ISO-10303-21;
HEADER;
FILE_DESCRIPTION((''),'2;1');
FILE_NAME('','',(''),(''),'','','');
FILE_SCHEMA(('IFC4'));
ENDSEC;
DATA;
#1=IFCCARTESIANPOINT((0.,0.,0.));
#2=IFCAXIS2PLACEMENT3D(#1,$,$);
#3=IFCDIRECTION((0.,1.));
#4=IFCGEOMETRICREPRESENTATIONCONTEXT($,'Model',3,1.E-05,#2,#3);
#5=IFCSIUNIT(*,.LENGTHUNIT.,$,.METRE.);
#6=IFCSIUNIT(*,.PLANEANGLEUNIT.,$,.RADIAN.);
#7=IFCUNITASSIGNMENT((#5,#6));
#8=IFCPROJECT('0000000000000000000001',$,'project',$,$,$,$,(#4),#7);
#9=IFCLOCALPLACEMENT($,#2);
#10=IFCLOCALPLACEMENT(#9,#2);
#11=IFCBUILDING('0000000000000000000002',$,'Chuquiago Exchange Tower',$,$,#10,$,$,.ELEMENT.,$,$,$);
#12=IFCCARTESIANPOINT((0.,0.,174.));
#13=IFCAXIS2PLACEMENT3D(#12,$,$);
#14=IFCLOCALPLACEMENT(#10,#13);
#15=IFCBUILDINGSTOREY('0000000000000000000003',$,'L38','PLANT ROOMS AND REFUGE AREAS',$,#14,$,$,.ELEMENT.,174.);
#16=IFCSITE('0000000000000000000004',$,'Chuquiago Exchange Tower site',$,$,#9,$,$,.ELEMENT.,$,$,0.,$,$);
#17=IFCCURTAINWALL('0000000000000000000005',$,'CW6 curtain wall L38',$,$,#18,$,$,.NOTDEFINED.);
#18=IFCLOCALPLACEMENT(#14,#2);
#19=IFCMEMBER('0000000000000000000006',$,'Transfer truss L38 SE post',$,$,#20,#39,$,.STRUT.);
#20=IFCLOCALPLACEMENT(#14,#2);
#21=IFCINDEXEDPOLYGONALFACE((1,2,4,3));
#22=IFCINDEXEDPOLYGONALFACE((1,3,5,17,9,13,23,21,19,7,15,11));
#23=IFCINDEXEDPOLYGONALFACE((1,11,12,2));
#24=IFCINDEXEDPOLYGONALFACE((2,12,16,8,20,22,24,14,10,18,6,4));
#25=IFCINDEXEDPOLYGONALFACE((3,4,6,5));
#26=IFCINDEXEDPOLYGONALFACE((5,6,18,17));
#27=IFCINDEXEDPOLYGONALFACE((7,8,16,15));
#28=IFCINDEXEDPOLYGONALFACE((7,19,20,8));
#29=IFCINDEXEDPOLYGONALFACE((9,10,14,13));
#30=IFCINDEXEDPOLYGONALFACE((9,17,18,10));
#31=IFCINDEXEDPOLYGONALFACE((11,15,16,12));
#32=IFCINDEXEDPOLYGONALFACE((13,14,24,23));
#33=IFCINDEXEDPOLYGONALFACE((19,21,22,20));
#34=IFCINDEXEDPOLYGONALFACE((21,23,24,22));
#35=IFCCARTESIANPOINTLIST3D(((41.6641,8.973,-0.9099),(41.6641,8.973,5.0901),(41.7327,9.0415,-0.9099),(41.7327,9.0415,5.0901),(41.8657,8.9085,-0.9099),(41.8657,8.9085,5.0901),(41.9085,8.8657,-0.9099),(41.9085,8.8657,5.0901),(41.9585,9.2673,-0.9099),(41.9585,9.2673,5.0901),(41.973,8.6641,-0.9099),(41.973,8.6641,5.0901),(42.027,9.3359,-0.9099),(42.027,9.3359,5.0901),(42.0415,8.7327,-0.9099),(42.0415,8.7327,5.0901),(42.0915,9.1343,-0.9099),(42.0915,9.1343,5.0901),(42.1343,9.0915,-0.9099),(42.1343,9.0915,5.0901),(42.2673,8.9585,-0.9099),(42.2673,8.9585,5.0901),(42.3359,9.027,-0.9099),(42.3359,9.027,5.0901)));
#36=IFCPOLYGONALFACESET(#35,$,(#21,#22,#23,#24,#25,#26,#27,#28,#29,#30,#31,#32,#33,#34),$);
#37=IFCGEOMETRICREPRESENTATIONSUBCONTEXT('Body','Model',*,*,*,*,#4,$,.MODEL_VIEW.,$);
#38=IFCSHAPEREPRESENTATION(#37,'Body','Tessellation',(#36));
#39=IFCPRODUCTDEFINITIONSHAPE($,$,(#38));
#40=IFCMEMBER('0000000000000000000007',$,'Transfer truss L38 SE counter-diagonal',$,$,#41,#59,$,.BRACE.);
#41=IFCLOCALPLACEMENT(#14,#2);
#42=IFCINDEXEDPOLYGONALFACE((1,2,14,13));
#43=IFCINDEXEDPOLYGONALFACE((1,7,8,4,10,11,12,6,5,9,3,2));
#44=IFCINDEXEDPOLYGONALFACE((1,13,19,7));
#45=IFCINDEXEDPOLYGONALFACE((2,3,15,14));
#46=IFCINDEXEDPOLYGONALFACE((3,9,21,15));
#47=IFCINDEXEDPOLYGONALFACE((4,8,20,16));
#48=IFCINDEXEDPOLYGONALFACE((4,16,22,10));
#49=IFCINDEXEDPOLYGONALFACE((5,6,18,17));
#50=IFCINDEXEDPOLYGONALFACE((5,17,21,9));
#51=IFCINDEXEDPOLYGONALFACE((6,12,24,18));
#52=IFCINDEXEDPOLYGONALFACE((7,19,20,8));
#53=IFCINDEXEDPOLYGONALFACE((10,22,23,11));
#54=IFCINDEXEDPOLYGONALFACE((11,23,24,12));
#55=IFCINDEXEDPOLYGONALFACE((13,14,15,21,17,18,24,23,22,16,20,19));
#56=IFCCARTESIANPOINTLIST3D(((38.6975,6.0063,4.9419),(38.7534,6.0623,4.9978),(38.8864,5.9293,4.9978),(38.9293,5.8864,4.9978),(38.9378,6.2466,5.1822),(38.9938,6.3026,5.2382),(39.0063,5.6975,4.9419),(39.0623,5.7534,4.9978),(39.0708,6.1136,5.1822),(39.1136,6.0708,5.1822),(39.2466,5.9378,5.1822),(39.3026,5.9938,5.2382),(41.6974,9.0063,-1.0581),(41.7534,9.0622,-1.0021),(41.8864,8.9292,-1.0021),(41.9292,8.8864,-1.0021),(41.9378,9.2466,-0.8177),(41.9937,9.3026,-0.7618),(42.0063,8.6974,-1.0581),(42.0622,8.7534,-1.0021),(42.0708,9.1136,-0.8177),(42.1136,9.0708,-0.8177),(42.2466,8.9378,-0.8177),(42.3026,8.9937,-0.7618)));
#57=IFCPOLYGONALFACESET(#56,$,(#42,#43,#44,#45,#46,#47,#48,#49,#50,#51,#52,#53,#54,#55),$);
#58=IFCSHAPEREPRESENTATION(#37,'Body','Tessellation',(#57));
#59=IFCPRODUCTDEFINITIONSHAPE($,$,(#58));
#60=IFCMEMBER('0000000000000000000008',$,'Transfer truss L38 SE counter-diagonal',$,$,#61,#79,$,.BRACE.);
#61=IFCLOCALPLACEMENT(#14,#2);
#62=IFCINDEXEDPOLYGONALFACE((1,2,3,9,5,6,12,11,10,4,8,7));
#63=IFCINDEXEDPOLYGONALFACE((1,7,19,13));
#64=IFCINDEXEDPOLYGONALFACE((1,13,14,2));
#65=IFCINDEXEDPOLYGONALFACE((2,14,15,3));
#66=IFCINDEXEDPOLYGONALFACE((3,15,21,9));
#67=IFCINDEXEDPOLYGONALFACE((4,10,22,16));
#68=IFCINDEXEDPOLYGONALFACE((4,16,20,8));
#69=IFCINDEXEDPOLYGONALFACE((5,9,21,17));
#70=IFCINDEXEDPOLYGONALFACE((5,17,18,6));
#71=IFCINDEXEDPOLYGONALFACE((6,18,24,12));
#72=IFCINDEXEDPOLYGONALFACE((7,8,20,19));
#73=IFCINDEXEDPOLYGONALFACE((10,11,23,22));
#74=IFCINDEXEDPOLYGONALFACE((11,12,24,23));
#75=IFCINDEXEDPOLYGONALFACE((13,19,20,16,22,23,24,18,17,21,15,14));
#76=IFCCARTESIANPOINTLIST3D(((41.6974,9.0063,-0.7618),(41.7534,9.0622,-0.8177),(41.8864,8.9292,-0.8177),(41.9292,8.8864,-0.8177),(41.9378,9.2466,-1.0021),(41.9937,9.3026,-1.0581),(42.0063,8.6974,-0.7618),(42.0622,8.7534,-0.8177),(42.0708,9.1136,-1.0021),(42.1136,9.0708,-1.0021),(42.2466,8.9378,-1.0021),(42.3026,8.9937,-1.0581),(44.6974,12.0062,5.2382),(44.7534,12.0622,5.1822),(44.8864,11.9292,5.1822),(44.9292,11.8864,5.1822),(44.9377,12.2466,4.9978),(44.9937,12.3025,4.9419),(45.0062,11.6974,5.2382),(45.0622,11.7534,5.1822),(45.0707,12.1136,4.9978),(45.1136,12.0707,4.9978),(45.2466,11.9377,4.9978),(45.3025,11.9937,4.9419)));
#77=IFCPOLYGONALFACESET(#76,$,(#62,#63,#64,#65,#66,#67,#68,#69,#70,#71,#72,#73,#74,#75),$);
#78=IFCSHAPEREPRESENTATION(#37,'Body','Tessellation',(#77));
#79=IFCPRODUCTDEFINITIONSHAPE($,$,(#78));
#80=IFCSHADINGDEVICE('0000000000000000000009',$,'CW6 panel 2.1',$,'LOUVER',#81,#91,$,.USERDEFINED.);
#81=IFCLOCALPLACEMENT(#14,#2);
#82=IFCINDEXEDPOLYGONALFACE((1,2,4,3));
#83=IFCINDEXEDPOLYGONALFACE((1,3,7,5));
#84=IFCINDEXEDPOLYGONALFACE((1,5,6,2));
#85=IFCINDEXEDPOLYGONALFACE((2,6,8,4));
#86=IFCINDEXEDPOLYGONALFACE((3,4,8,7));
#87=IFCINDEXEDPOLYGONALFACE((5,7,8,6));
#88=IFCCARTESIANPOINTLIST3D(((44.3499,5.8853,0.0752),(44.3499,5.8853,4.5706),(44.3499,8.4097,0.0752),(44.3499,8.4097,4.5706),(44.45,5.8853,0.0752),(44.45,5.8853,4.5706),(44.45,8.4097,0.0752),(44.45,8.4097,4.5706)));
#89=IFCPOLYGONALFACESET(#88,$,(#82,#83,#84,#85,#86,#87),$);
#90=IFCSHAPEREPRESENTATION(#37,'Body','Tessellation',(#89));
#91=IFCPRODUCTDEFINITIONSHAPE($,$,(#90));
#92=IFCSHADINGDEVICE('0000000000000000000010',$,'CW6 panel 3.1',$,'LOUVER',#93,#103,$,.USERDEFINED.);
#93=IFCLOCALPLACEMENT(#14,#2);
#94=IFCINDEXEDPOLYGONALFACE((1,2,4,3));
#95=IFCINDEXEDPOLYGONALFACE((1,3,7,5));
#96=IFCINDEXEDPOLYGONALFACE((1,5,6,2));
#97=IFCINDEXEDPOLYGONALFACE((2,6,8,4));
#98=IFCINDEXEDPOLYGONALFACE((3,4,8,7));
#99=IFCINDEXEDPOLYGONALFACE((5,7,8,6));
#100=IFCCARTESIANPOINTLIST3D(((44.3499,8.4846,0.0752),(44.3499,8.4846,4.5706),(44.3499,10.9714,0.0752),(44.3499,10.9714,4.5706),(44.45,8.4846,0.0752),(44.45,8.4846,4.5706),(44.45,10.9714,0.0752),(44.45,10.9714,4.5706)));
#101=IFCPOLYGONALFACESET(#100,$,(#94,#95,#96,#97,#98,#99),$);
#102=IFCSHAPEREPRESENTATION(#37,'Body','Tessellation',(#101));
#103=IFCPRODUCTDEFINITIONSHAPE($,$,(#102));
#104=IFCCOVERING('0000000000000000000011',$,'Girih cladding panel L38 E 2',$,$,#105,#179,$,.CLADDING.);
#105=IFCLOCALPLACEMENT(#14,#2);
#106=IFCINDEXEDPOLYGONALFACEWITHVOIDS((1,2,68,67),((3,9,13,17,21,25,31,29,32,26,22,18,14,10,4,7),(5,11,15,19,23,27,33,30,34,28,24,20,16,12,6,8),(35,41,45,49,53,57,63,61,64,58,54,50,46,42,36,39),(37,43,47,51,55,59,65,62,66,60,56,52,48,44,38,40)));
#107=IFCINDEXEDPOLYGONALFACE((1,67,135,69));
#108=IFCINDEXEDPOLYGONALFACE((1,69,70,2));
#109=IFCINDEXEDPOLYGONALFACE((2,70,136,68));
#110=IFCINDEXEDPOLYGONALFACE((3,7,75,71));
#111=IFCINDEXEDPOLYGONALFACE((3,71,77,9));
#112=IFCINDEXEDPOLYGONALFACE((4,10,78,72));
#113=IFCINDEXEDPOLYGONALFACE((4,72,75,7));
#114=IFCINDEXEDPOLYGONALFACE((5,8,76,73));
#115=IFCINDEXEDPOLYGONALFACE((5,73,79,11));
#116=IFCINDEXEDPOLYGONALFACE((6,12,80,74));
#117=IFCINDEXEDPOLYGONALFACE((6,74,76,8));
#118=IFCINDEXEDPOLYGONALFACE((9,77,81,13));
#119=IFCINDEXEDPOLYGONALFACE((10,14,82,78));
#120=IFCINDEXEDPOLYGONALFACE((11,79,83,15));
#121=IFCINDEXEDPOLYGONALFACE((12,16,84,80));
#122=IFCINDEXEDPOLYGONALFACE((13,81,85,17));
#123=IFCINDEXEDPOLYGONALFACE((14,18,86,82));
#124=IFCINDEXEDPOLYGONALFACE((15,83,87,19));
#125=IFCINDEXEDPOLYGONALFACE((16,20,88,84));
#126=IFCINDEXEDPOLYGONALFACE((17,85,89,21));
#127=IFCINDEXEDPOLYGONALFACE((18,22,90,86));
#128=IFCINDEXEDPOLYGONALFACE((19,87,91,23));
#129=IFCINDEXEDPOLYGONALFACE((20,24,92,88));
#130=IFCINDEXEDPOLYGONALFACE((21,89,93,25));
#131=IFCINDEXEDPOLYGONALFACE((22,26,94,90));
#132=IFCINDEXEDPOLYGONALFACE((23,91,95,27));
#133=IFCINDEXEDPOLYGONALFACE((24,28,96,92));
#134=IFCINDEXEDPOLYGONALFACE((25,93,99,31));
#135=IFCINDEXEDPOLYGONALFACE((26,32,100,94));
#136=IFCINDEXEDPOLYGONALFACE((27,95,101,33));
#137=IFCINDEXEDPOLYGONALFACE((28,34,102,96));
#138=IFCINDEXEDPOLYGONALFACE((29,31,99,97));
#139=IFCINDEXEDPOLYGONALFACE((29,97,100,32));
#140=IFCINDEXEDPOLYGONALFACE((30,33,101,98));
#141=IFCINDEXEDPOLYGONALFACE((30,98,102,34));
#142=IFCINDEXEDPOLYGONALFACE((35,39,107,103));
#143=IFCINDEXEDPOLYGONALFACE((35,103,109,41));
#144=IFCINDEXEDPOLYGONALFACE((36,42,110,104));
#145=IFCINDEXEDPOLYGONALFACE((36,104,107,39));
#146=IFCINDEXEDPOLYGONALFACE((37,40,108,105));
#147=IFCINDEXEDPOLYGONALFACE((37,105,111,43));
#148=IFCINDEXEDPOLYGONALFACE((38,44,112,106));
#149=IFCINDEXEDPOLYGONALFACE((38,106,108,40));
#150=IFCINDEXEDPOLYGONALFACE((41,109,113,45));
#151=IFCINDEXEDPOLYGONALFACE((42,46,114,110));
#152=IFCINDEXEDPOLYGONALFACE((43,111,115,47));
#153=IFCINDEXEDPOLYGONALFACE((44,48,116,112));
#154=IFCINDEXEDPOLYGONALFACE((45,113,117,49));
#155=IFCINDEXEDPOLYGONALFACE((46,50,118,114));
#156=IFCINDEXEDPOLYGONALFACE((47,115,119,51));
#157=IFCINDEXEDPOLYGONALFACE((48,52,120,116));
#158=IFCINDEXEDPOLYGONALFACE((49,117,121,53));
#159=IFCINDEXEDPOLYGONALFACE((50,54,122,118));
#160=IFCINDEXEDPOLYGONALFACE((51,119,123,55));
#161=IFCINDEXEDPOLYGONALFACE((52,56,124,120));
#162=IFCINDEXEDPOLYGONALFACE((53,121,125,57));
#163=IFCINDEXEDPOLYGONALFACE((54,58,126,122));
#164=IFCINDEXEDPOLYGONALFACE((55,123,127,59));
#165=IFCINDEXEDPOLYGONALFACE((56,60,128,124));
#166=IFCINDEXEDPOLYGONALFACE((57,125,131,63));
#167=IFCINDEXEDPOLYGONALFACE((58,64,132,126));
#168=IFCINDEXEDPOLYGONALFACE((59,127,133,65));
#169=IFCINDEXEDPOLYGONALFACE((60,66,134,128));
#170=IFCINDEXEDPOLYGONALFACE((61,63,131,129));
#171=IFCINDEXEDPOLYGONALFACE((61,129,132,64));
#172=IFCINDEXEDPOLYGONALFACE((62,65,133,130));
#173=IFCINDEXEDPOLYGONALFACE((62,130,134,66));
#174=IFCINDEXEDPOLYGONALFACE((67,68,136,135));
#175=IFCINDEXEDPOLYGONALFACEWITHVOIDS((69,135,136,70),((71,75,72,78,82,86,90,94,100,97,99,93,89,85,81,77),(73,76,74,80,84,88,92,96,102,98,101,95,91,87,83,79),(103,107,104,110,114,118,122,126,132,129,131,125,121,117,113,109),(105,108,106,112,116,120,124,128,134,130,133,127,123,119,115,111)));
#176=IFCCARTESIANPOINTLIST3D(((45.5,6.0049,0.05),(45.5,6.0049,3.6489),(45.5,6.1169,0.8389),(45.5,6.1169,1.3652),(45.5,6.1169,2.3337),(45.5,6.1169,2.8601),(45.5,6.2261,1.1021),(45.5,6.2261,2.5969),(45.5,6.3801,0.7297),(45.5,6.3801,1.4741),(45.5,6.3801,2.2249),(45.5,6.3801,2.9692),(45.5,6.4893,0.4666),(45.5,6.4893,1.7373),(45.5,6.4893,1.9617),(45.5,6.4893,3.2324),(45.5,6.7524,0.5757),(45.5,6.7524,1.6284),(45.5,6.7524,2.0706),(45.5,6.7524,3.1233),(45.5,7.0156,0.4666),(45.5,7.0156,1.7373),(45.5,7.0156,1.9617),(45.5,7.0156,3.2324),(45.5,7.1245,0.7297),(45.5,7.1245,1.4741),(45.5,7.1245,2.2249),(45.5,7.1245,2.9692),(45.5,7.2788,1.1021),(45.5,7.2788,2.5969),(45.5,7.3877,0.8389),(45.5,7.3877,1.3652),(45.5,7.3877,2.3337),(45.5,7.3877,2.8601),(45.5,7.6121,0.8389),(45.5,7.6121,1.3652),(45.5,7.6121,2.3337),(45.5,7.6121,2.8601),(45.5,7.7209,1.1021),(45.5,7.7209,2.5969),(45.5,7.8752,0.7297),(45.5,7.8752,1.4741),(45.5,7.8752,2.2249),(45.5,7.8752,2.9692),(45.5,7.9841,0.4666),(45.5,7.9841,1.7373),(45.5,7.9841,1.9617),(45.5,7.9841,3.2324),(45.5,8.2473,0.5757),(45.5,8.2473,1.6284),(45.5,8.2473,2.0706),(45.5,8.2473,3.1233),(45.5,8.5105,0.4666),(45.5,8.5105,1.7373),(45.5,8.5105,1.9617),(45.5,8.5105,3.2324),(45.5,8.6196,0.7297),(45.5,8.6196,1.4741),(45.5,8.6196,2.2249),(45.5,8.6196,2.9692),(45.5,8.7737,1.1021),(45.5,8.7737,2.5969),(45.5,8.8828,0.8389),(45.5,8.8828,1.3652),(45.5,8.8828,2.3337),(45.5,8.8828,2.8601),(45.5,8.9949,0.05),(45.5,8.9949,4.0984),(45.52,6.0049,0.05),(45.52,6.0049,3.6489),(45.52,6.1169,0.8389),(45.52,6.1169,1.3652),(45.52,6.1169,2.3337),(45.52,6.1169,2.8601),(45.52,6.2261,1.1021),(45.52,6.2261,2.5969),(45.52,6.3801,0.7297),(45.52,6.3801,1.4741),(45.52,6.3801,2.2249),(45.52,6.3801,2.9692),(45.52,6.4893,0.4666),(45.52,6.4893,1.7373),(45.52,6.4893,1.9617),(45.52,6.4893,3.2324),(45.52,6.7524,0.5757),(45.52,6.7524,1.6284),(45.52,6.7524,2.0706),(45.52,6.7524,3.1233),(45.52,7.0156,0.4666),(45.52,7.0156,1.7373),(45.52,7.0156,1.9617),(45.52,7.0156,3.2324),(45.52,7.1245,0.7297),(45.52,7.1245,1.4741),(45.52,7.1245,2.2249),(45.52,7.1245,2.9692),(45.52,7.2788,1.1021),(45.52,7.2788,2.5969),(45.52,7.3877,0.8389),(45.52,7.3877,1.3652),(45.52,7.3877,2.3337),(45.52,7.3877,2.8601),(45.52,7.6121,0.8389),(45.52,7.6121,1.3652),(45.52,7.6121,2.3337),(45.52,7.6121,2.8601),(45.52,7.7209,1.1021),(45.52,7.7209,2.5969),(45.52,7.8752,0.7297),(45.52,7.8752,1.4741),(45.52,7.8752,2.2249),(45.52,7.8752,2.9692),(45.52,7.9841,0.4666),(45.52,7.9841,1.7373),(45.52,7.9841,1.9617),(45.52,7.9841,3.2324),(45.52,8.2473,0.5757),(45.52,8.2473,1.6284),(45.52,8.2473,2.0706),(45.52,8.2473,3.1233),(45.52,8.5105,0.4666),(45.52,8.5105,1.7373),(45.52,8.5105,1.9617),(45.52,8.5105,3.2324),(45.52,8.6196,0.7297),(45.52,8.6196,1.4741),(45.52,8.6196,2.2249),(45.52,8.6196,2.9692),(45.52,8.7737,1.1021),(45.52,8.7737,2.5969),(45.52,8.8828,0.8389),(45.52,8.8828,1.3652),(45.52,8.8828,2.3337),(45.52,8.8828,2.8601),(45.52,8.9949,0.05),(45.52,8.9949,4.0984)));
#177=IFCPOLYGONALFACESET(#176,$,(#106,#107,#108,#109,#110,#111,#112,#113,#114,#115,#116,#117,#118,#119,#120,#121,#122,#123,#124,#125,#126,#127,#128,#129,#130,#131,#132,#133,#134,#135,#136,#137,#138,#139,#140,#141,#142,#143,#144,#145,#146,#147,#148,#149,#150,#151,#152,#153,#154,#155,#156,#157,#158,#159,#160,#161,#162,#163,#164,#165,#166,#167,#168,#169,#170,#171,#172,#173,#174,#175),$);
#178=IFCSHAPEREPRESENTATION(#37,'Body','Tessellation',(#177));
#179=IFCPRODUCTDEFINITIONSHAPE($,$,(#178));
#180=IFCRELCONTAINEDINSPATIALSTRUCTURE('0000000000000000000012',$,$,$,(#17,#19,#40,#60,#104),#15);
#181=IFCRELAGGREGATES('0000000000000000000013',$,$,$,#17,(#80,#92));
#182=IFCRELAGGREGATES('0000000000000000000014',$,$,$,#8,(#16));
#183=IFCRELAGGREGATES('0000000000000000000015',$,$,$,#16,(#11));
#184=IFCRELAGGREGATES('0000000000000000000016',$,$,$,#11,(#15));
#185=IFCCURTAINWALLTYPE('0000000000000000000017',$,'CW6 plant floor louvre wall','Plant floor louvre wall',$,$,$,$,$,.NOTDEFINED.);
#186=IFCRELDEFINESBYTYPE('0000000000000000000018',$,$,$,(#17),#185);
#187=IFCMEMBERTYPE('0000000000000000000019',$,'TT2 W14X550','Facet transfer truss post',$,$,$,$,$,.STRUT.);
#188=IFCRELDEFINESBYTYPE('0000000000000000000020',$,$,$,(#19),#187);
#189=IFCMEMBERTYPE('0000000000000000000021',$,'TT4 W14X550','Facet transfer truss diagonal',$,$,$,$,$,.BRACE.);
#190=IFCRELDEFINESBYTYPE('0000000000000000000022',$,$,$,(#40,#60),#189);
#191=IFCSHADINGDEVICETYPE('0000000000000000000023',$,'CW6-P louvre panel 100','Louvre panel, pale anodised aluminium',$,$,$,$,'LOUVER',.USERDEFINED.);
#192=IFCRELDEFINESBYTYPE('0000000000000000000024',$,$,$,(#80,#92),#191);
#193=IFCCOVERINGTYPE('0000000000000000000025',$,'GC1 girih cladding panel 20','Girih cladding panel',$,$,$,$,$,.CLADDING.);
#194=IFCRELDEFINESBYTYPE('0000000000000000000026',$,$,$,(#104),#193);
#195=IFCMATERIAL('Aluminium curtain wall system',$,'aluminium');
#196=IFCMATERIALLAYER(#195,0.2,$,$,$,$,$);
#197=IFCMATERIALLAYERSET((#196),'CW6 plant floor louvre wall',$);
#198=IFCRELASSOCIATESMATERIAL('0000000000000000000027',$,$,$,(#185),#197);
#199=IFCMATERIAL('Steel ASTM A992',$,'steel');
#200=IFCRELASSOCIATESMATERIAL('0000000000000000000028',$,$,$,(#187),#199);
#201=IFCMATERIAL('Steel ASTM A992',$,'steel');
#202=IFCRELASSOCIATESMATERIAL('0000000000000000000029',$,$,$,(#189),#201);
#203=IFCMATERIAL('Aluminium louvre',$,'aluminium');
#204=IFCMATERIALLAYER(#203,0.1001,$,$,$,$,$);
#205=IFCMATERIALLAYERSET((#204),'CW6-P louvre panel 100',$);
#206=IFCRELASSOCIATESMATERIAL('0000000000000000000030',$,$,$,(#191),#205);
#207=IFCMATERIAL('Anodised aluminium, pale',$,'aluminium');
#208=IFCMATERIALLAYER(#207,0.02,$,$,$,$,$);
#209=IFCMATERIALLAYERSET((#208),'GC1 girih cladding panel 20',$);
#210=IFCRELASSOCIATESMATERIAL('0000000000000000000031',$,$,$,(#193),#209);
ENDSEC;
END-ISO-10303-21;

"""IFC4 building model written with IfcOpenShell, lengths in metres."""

from ifc_helpers import new_model, si_unit, direction, frame, origin, origin_2d, place, context, subcontext, project, spatial, polyline, rectangle, i_section, outline, extrude, material, layer, layer_set, material_profile, profile_set, type_object, element, aggregate, save


model = new_model("IFC4")

# Units and contexts
model_context = context("Model", 3, precision=1e-05, world=origin(), true_north=direction((0.0, 1.0)))
body_context = subcontext(model_context, "Body", "Model", "MODEL_VIEW")
ifc_project = project(units=[si_unit("LENGTHUNIT", "METRE"), si_unit("PLANEANGLEUNIT", "RADIAN")], contexts=[model_context])

# Site, building, storey
site_placement = place(None, origin())
site = spatial("IfcSite", under=ifc_project, at=site_placement, Name="Chuquiago Exchange Tower site", CompositionType="ELEMENT", RefElevation=0.0)
building_placement = place(site_placement, origin())
building = spatial("IfcBuilding", under=site, at=building_placement, Name="Chuquiago Exchange Tower", CompositionType="ELEMENT")
storey_placement = place(building_placement, frame((0.0, 0.0, 174.0)))
storey = spatial("IfcBuildingStorey", under=building, at=storey_placement, Name="L38", Description="PLANT ROOMS AND REFUGE AREAS", CompositionType="ELEMENT", Elevation=174.0)

# Curtain wall
ifc_material_1 = material(Name="Aluminium curtain wall system", Category="aluminium")
ifc_layer_1 = layer(ifc_material_1, 0.2)
ifc_layer_set_1 = layer_set([ifc_layer_1], Name="CW6 plant floor louvre wall")
curtain_wall_type = type_object("IfcCurtainWallType", Name="CW6 plant floor louvre wall", Description="Plant floor louvre wall", PredefinedType="NOTDEFINED", material=ifc_layer_set_1)
curtain_wall_placement = place(storey_placement, origin())
curtain_wall = element("IfcCurtainWall", 1, at=curtain_wall_placement, inside=storey, type_object=curtain_wall_type, Name="CW6 curtain wall L38", PredefinedType="NOTDEFINED")

# Members
ifc_material_2 = material(Name="Steel ASTM A992", Category="steel")
ifc_material_profile_1 = material_profile(ifc_material_2, i_section(OverallWidth=0.4368, OverallDepth=0.5132, WebThickness=0.0605, FlangeThickness=0.0969, at=origin_2d()), Name="W14X550")
ifc_profile_set_1 = profile_set([ifc_material_profile_1], Name="Steel ASTM A992")
member_type_1 = type_object("IfcMemberType", Name="TT2 W14X550", Description="Facet transfer truss post", PredefinedType="STRUT", material=ifc_profile_set_1)
member_1_placement = place(storey_placement, frame((42.0, 9.0, -0.9099), z_axis=(0.0, 0.0, 1.0), x_axis=(0.707107, -0.707107, 0.0)))
element("IfcMember", 2, at=member_1_placement, inside=storey, type_object=member_type_1, Name="Transfer truss L38 SE post", PredefinedType="STRUT", context=body_context, shape_type="SweptSolid", body=[
    extrude(i_section(OverallWidth=0.4368, OverallDepth=0.5132, WebThickness=0.0605, FlangeThickness=0.0969, at=origin_2d()), origin(), (0.0, 0.0, 1.0), 6.0),
])
ifc_material_3 = material(Name="Steel ASTM A992", Category="steel")
ifc_material_profile_2 = material_profile(ifc_material_3, i_section(OverallWidth=0.4368, OverallDepth=0.5132, WebThickness=0.0605, FlangeThickness=0.0969, at=origin_2d()), Name="W14X550")
ifc_profile_set_2 = profile_set([ifc_material_profile_2], Name="Steel ASTM A992")
member_type_2 = type_object("IfcMemberType", Name="TT4 W14X550", Description="Facet transfer truss diagonal", PredefinedType="BRACE", material=ifc_profile_set_2)
for number, where, z_axis, x_axis, name in (
    (3, (42.0, 9.0, -0.9099), (-0.408248, -0.408248, 0.816497), (0.707107, -0.707107, 0.0), "Transfer truss L38 SE counter-diagonal"),
    (4, (42.0, 9.0, -0.9099), (0.408248, 0.408248, 0.816497), (-0.707107, 0.707107, 0.0), "Transfer truss L38 SE counter-diagonal"),
):
    element("IfcMember", number, at=place(storey_placement, frame(where, z_axis=z_axis, x_axis=x_axis)), inside=storey, type_object=member_type_2, Name=name, PredefinedType="BRACE", context=body_context, shape_type="SweptSolid", body=[
        extrude(i_section(OverallWidth=0.4368, OverallDepth=0.5132, WebThickness=0.0605, FlangeThickness=0.0969, at=origin_2d()), origin(), (0.0, 0.0, 1.0), 7.3484),
    ])

# Shading devices
ifc_material_4 = material(Name="Aluminium louvre", Category="aluminium")
ifc_layer_2 = layer(ifc_material_4, 0.1001)
ifc_layer_set_2 = layer_set([ifc_layer_2], Name="CW6-P louvre panel 100")
shading_device_type = type_object("IfcShadingDeviceType", Name="CW6-P louvre panel 100", Description="Louvre panel, pale anodised aluminium", ElementType="LOUVER", PredefinedType="USERDEFINED", material=ifc_layer_set_2)
shading_device_1_placement = place(storey_placement, frame((44.3999, 7.1475, 0.0752), z_axis=(0.0, 0.0, 1.0), x_axis=(0.0, 1.0, 0.0)))
shading_device_1 = element("IfcShadingDevice", 5, at=shading_device_1_placement, type_object=shading_device_type, Name="CW6 panel 2.1", ObjectType="LOUVER", PredefinedType="USERDEFINED", context=body_context, shape_type="SweptSolid", body=[
    extrude(rectangle(XDim=2.5244, YDim=0.1001, at=origin_2d()), origin(), (0.0, 0.0, 1.0), 4.4954),
])
shading_device_2_placement = place(storey_placement, frame((44.3999, 9.728, 0.0752), z_axis=(0.0, 0.0, 1.0), x_axis=(0.0, 1.0, 0.0)))
shading_device_2 = element("IfcShadingDevice", 6, at=shading_device_2_placement, type_object=shading_device_type, Name="CW6 panel 3.1", ObjectType="LOUVER", PredefinedType="USERDEFINED", context=body_context, shape_type="SweptSolid", body=[
    extrude(rectangle(XDim=2.4868, YDim=0.1001, at=origin_2d()), origin(), (0.0, 0.0, 1.0), 4.4954),
])
aggregate(curtain_wall, [shading_device_1, shading_device_2])

# Covering
ifc_material_5 = material(Name="Anodised aluminium, pale", Category="aluminium")
ifc_layer_3 = layer(ifc_material_5, 0.02)
ifc_layer_set_3 = layer_set([ifc_layer_3], Name="GC1 girih cladding panel 20")
covering_type = type_object("IfcCoveringType", Name="GC1 girih cladding panel 20", Description="Girih cladding panel", PredefinedType="CLADDING", material=ifc_layer_set_3)
covering_1_placement = place(storey_placement, frame((45.5, 6.0049, 0.05), z_axis=(0.0, 0.0, 1.0), x_axis=(0.0, 1.0, 0.0)))
element("IfcCovering", 7, at=covering_1_placement, inside=storey, type_object=covering_type, Name="Girih cladding panel L38 E 2", PredefinedType="CLADDING", context=body_context, shape_type="SweptSolid", body=[
    extrude(outline(polyline([(0.0, 0.0), (2.99, 0.0), (2.99, 4.0483), (0.0, 3.5989), (0.0, 0.0)]), holes=[polyline([(1.2739, 1.052), (1.3828, 1.3152), (1.1196, 1.4241), (1.0107, 1.6873), (0.7476, 1.5784), (0.4844, 1.6873), (0.3752, 1.4241), (0.1121, 1.3152), (0.2212, 1.052), (0.1121, 0.7888), (0.3752, 0.6797), (0.4844, 0.4165), (0.7476, 0.5256), (1.0107, 0.4165), (1.1196, 0.6797), (1.3828, 0.7888), (1.2739, 1.052)]), polyline([(2.7688, 1.052), (2.8779, 1.3152), (2.6147, 1.4241), (2.5056, 1.6873), (2.2424, 1.5784), (1.9792, 1.6873), (1.8704, 1.4241), (1.6072, 1.3152), (1.7161, 1.052), (1.6072, 0.7888), (1.8704, 0.6797), (1.9792, 0.4165), (2.2424, 0.5256), (2.5056, 0.4165), (2.6147, 0.6797), (2.8779, 0.7888), (2.7688, 1.052)]), polyline([(1.2739, 2.5469), (1.3828, 2.8101), (1.1196, 2.9192), (1.0107, 3.1824), (0.7476, 3.0732), (0.4844, 3.1824), (0.3752, 2.9192), (0.1121, 2.8101), (0.2212, 2.5469), (0.1121, 2.2837), (0.3752, 2.1748), (0.4844, 1.9116), (0.7476, 2.0205), (1.0107, 1.9116), (1.1196, 2.1748), (1.3828, 2.2837), (1.2739, 2.5469)]), polyline([(2.7688, 2.5469), (2.8779, 2.8101), (2.6147, 2.9192), (2.5056, 3.1824), (2.2424, 3.0732), (1.9792, 3.1824), (1.8704, 2.9192), (1.6072, 2.8101), (1.7161, 2.5469), (1.6072, 2.2837), (1.8704, 2.1748), (1.9792, 1.9116), (2.2424, 2.0205), (2.5056, 1.9116), (2.6147, 2.1748), (2.8779, 2.2837), (2.7688, 2.5469)])]), frame((0.0, 0.0, 0.0), z_axis=(0.0, -1.0, 0.0), x_axis=(1.0, 0.0, 0.0)), (0.0, 0.0, 1.0), 0.02),
])

save(model, "model.ifc")
